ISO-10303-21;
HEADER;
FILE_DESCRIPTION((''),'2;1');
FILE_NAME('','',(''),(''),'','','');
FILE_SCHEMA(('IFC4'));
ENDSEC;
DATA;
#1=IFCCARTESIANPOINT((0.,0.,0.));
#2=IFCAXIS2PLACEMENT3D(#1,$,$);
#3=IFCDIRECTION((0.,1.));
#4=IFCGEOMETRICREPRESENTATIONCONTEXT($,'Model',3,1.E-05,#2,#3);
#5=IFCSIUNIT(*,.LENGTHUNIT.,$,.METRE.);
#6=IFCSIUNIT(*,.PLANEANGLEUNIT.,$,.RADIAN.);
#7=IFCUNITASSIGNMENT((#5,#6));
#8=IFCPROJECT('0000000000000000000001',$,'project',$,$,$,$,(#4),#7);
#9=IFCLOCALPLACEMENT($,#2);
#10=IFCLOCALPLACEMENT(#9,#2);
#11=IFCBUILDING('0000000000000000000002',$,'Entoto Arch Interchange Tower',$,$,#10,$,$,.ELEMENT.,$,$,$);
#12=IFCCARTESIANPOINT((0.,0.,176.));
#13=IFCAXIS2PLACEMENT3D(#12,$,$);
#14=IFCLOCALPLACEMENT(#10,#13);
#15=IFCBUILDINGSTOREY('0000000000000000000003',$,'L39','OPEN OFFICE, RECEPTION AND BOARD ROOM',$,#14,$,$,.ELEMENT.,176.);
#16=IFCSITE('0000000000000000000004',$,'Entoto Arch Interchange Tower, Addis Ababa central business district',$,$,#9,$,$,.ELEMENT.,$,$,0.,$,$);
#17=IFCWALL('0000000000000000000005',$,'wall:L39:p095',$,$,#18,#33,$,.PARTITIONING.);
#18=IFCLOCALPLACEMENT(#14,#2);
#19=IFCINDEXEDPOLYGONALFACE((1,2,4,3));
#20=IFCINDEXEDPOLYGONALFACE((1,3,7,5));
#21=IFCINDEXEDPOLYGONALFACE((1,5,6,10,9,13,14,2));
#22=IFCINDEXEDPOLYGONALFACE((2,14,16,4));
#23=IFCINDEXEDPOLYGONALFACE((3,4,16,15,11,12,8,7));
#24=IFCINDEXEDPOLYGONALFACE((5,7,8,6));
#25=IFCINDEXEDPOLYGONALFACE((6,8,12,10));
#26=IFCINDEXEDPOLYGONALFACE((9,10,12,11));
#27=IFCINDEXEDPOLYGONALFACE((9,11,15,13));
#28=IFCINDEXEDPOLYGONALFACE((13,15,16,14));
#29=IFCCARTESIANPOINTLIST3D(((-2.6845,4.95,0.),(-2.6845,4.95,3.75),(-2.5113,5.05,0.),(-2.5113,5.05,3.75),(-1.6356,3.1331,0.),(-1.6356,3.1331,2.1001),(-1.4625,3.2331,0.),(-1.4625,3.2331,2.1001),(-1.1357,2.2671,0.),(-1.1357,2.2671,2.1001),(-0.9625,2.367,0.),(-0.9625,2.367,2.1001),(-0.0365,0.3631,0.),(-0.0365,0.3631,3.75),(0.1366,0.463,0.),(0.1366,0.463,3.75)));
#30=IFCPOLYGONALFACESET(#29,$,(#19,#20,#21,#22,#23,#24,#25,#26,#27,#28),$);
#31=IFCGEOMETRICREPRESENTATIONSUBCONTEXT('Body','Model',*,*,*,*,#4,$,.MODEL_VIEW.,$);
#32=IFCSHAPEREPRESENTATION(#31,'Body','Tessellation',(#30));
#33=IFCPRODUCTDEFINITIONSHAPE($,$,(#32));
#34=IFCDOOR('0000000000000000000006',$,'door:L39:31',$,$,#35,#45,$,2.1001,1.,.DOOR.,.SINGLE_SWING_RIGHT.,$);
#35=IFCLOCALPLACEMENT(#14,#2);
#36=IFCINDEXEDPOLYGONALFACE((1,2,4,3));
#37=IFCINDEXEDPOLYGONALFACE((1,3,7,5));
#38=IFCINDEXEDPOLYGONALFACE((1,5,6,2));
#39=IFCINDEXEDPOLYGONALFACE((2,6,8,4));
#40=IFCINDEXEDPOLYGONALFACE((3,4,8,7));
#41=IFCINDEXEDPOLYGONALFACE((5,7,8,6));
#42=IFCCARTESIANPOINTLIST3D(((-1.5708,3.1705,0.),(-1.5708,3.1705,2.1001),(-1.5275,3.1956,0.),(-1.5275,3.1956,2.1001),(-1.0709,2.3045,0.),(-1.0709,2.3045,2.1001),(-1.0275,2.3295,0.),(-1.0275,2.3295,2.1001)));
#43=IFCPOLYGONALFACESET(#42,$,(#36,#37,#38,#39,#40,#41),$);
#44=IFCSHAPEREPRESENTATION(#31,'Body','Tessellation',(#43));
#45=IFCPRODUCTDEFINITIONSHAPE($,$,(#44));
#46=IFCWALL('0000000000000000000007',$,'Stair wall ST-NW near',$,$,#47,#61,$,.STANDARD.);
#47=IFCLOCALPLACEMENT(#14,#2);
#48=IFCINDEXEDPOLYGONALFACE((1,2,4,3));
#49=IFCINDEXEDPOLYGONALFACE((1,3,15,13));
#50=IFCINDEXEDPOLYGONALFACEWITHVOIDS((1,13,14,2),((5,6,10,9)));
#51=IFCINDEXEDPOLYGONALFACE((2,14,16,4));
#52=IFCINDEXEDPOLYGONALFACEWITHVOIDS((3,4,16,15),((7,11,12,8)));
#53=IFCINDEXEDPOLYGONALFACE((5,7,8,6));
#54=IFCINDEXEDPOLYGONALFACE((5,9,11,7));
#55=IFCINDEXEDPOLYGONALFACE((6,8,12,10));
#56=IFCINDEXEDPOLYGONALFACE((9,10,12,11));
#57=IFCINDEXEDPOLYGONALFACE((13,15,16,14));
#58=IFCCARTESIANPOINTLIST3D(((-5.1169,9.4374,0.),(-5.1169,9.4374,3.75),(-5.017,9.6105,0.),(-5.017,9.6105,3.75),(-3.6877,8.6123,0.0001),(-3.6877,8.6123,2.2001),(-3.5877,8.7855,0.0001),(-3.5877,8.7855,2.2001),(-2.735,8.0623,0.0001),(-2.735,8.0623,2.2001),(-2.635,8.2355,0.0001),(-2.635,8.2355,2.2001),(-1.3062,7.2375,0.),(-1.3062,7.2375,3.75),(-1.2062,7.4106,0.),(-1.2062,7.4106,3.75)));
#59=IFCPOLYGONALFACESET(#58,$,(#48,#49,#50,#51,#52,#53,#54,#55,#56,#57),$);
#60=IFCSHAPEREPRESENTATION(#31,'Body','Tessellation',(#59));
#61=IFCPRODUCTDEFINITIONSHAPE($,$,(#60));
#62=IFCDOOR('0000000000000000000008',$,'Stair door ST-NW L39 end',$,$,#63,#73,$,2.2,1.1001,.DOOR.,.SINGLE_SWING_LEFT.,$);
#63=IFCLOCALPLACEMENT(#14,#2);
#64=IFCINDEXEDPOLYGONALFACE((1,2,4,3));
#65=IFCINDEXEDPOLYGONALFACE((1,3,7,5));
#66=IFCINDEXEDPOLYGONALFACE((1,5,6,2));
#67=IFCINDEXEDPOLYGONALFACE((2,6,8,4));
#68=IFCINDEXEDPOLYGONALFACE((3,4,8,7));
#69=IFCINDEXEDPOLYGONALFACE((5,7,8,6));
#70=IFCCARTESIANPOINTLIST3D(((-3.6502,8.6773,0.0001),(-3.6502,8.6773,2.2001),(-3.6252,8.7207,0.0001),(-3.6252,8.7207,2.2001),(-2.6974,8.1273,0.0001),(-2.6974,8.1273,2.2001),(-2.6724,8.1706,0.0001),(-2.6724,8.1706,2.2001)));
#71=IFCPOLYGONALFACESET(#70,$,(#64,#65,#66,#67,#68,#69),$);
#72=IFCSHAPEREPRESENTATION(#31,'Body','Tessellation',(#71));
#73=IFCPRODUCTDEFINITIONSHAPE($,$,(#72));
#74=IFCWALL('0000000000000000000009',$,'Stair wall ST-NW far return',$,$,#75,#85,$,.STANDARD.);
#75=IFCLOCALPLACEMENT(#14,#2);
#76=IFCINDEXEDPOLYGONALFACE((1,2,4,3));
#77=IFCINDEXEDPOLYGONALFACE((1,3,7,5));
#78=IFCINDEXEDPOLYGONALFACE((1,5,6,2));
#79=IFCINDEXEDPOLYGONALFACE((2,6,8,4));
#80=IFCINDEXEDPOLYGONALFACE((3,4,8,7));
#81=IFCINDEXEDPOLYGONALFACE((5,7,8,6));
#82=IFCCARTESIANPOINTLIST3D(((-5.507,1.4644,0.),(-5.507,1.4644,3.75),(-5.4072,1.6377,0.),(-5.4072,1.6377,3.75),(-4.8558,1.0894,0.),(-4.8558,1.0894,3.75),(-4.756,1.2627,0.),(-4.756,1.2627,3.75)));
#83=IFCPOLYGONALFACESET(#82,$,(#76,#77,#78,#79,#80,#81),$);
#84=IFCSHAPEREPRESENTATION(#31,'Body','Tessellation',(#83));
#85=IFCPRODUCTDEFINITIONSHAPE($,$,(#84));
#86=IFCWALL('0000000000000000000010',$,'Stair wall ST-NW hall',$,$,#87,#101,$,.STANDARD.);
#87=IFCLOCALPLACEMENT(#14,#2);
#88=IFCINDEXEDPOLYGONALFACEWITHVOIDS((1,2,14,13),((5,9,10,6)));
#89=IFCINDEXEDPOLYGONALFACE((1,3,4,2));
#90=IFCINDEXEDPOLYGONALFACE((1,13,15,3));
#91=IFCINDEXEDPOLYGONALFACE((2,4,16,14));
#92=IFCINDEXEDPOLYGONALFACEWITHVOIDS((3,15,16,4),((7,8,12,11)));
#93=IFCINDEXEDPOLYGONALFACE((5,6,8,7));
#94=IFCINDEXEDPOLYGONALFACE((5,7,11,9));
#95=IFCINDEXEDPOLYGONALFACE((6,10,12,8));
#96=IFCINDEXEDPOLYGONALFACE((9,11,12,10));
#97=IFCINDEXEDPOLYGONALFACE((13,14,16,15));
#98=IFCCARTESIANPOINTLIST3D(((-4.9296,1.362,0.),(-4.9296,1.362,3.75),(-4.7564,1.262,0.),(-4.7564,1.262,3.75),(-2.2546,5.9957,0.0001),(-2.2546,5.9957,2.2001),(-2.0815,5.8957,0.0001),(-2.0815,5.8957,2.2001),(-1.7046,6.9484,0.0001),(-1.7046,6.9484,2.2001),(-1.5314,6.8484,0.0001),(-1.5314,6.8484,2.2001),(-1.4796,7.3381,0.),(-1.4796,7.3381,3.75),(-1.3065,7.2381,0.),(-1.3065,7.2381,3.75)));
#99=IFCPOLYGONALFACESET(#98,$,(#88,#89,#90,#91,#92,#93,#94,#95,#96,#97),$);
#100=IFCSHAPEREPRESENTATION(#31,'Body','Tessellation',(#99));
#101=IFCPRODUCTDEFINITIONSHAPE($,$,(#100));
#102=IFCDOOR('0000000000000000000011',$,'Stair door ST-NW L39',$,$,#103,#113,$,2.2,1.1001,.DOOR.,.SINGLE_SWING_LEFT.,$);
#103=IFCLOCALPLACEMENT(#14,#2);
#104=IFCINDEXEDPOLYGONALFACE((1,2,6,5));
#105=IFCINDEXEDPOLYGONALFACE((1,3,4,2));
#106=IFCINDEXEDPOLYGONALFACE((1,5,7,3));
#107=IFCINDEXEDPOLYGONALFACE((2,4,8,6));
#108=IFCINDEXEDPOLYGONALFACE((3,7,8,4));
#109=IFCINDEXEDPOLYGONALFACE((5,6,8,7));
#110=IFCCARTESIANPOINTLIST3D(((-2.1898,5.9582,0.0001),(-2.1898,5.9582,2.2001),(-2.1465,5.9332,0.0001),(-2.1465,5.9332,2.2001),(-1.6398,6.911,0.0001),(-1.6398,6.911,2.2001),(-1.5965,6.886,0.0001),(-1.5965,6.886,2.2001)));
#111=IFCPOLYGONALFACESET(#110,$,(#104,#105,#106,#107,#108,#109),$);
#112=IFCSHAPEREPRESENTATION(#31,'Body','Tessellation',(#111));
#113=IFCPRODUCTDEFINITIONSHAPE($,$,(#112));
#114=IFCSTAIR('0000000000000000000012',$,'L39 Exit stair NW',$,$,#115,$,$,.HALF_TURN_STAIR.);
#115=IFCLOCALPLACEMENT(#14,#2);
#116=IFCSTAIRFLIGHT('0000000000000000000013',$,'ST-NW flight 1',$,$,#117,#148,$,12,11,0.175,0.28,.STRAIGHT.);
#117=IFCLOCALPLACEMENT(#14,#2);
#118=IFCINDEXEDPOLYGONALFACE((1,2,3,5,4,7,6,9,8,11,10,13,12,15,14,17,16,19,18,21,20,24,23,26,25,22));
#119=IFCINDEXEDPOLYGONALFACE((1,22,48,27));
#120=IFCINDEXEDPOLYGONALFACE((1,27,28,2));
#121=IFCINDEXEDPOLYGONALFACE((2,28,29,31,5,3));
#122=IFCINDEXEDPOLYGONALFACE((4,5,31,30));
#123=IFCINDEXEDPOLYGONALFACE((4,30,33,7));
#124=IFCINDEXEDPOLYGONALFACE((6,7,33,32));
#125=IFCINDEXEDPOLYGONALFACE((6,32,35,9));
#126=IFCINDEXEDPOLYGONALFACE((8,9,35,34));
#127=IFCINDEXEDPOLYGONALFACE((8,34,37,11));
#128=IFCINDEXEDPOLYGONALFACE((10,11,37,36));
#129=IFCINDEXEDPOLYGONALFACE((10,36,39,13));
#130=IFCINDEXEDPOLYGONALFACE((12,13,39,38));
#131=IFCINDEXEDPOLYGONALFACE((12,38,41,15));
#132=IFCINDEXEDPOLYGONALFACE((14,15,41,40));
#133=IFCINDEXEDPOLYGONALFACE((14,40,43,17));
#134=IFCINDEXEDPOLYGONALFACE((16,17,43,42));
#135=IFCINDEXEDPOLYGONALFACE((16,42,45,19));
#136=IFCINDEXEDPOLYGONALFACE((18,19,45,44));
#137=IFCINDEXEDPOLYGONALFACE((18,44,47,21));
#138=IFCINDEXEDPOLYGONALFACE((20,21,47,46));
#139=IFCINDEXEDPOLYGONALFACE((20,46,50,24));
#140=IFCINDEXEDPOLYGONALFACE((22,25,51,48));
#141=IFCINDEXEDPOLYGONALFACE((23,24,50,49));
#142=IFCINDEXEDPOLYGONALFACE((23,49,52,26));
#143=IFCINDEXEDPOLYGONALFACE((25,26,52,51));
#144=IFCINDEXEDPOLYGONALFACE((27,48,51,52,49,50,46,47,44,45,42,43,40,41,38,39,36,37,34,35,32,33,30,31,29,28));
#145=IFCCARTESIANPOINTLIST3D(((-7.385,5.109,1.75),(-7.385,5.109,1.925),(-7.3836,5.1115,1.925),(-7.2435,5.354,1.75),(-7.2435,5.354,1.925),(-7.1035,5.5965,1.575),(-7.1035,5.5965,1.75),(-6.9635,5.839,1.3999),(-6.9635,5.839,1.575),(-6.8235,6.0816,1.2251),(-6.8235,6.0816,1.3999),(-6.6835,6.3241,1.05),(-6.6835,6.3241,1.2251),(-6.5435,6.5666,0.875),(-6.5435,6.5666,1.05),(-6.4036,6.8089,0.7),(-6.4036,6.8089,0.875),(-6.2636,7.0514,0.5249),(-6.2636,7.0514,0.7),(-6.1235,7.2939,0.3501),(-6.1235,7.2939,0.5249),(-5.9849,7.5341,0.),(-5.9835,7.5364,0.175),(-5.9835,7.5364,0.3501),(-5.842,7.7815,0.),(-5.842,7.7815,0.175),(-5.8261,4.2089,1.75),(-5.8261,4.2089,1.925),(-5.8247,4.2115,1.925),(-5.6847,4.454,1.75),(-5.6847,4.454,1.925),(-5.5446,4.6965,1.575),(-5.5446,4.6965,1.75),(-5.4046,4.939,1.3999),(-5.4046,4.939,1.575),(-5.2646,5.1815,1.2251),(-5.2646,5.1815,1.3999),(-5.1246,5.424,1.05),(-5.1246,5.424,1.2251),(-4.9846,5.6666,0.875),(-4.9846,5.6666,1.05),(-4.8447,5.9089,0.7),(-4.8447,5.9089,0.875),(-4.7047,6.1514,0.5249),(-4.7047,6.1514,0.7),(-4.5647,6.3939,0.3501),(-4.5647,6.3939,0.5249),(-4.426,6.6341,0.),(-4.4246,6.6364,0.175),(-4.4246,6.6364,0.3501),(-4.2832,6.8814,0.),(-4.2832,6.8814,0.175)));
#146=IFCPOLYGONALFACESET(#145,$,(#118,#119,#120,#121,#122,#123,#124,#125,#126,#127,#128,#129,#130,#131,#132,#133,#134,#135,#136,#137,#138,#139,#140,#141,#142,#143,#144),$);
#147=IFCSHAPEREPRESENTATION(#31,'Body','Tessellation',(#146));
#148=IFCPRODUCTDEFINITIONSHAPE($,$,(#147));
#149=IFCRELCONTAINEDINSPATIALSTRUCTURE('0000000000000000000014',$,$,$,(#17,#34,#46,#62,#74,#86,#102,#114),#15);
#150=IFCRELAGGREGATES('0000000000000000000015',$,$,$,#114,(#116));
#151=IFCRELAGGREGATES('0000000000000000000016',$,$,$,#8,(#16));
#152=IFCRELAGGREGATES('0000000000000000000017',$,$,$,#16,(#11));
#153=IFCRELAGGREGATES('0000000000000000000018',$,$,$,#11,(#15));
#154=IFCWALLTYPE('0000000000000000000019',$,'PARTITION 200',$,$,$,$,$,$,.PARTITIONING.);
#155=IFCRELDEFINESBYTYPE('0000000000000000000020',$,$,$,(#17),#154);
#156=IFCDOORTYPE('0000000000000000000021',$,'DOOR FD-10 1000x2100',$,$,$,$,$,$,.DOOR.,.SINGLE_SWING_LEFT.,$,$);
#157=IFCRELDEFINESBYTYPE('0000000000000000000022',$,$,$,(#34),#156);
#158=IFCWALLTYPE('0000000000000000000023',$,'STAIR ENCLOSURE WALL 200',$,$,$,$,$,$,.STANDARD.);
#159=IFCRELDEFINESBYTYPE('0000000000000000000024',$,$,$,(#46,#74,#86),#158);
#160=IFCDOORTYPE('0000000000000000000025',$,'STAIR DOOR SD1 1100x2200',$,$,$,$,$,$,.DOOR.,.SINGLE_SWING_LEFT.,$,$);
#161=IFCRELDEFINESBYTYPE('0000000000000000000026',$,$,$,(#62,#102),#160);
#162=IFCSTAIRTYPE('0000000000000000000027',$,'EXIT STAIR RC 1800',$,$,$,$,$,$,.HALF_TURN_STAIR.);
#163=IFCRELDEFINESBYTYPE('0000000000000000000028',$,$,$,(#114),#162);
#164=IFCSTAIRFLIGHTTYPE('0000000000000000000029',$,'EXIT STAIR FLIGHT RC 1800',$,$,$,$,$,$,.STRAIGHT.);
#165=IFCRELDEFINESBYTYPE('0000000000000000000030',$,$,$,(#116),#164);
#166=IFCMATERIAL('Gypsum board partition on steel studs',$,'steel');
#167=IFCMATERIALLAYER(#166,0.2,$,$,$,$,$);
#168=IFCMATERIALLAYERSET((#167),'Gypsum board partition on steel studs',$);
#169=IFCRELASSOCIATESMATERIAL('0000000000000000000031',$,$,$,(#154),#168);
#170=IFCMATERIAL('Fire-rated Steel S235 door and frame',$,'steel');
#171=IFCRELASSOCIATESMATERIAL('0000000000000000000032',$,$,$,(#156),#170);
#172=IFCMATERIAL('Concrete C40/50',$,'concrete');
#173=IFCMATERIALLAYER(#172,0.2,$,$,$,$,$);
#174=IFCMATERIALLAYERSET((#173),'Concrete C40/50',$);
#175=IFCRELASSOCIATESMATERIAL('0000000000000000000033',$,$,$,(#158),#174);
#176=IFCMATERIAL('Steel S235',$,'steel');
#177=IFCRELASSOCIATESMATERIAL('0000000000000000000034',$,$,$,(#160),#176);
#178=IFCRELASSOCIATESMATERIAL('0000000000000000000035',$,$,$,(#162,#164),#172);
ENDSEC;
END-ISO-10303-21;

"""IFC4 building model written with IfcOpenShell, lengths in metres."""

from ifc_helpers import new_model, si_unit, direction, frame, frame_2d, origin, place, context, subcontext, project, spatial, polyline, rectangle, outline, extrude, material, layer, layer_set, type_object, element, fill, aggregate, save


model = new_model("IFC4")

# Units and contexts
model_context = context("Model", 3, precision=1e-05, world=origin(), true_north=direction((0.0, 1.0)))
body_context = subcontext(model_context, "Body", "Model", "MODEL_VIEW")
ifc_project = project(units=[si_unit("LENGTHUNIT", "METRE"), si_unit("PLANEANGLEUNIT", "RADIAN")], contexts=[model_context])

# Site, building, storey
site_placement = place(None, origin())
site = spatial("IfcSite", under=ifc_project, at=site_placement, Name="Entoto Arch Interchange Tower, Addis Ababa central business district", CompositionType="ELEMENT", RefElevation=0.0)
building_placement = place(site_placement, origin())
building = spatial("IfcBuilding", under=site, at=building_placement, Name="Entoto Arch Interchange Tower", CompositionType="ELEMENT")
storey_placement = place(building_placement, frame((0.0, 0.0, 176.0)))
storey = spatial("IfcBuildingStorey", under=building, at=storey_placement, Name="L39", Description="OPEN OFFICE, RECEPTION AND BOARD ROOM", CompositionType="ELEMENT", Elevation=176.0)

# Walls, openings, doors
ifc_material_1 = material(Name="Gypsum board partition on steel studs", Category="steel")
ifc_layer_1 = layer(ifc_material_1, 0.2)
ifc_layer_set_1 = layer_set([ifc_layer_1], Name="Gypsum board partition on steel studs")
wall_type_1 = type_object("IfcWallType", Name="PARTITION 200", PredefinedType="PARTITIONING", material=ifc_layer_set_1)
wall_1_placement = place(storey_placement, frame((-2.5979, 5.0, 0.0), z_axis=(0.0, 0.0, 1.0), x_axis=(0.499957, -0.86605, 0.0)))
wall_1 = element("IfcWall", 1, at=wall_1_placement, inside=storey, type_object=wall_type_1, Name="wall:L39:p095", PredefinedType="PARTITIONING", context=body_context, shape_type="SweptSolid", body=[
    extrude(rectangle(XDim=5.2964, YDim=0.2, at=frame_2d((2.6482, 0.0))), origin(), (0.0, 0.0, 1.0), 3.75),
])
opening_1_placement = place(wall_1_placement, frame((2.0979, 0.0, 0.0)))
opening_1 = element("IfcOpeningElement", 2, at=opening_1_placement, cuts=wall_1, PredefinedType="OPENING", context=body_context, shape_type="SweptSolid", body=[
    extrude(rectangle(XDim=1.0, YDim=2.1001, at=frame_2d((0.5, 1.05))), frame((0.0, 0.1099, 0.0), z_axis=(0.0, -1.0, 0.0), x_axis=(1.0, 0.0, 0.0)), (0.0, 0.0, 1.0), 0.22),
])
ifc_material_2 = material(Name="Fire-rated Steel S235 door and frame", Category="steel")
door_type_1 = type_object("IfcDoorType", Name="DOOR FD-10 1000x2100", OperationType="SINGLE_SWING_LEFT", PredefinedType="DOOR", material=ifc_material_2)
door_1_placement = place(opening_1_placement, origin())
door_1 = element("IfcDoor", 3, at=door_1_placement, inside=storey, type_object=door_type_1, Name="door:L39:31", OperationType="SINGLE_SWING_RIGHT", OverallHeight=2.1001, OverallWidth=1.0, PredefinedType="DOOR", context=body_context, shape_type="SweptSolid", body=[
    extrude(rectangle(XDim=1.0, YDim=2.1001, at=frame_2d((0.5, 1.05))), frame((0.0, 0.0249, 0.0), z_axis=(0.0, -1.0, 0.0), x_axis=(1.0, 0.0, 0.0)), (0.0, 0.0, 1.0), 0.05),
])
fill(opening_1, door_1)
ifc_material_3 = material(Name="Concrete C40/50", Category="concrete")
ifc_layer_2 = layer(ifc_material_3, 0.2)
ifc_layer_set_2 = layer_set([ifc_layer_2], Name="Concrete C40/50")
wall_type_2 = type_object("IfcWallType", Name="STAIR ENCLOSURE WALL 200", PredefinedType="STANDARD", material=ifc_layer_set_2)
wall_2_placement = place(storey_placement, frame((-1.2561, 7.324, 0.0), z_axis=(0.0, 0.0, 1.0), x_axis=(-0.866046, 0.499964, 0.0)))
wall_2 = element("IfcWall", 4, at=wall_2_placement, inside=storey, type_object=wall_type_2, Name="Stair wall ST-NW near", PredefinedType="STANDARD", context=body_context, shape_type="SweptSolid", body=[
    extrude(rectangle(XDim=4.4001, YDim=0.2, at=frame_2d((2.2002, 0.0))), origin(), (0.0, 0.0, 1.0), 3.75),
])
opening_2_placement = place(wall_2_placement, frame((1.6499, 0.0, 0.0)))
opening_2 = element("IfcOpeningElement", 5, at=opening_2_placement, cuts=wall_2, PredefinedType="OPENING", context=body_context, shape_type="SweptSolid", body=[
    extrude(rectangle(XDim=1.1001, YDim=2.2, at=frame_2d((0.55, 1.1001))), frame((0.0, 0.1099, 0.0), z_axis=(0.0, -1.0, 0.0), x_axis=(1.0, 0.0, 0.0)), (0.0, 0.0, 1.0), 0.22),
])
ifc_material_4 = material(Name="Steel S235", Category="steel")
door_type_2 = type_object("IfcDoorType", Name="STAIR DOOR SD1 1100x2200", OperationType="SINGLE_SWING_LEFT", PredefinedType="DOOR", material=ifc_material_4)
door_2_placement = place(opening_2_placement, origin())
door_2 = element("IfcDoor", 6, at=door_2_placement, inside=storey, type_object=door_type_2, Name="Stair door ST-NW L39 end", OperationType="SINGLE_SWING_LEFT", OverallHeight=2.2, OverallWidth=1.1001, PredefinedType="DOOR", context=body_context, shape_type="SweptSolid", body=[
    extrude(rectangle(XDim=1.1001, YDim=2.2, at=frame_2d((0.55, 1.1001))), frame((0.0, 0.0249, 0.0), z_axis=(0.0, -1.0, 0.0), x_axis=(1.0, 0.0, 0.0)), (0.0, 0.0, 1.0), 0.05),
])
fill(opening_2, door_2)

# Wall
wall_3_placement = place(storey_placement, frame((-4.8059, 1.176, 0.0), z_axis=(0.0, 0.0, 1.0), x_axis=(-0.866559, 0.499075, 0.0)))
element("IfcWall", 7, at=wall_3_placement, inside=storey, type_object=wall_type_2, Name="Stair wall ST-NW far return", PredefinedType="STANDARD", context=body_context, shape_type="SweptSolid", body=[
    extrude(rectangle(XDim=0.7515, YDim=0.2, at=frame_2d((0.3757, 0.0))), origin(), (0.0, 0.0, 1.0), 3.75),
])

# Wall, opening, door
wall_4_placement = place(storey_placement, frame((-1.3931, 7.2881, 0.0), z_axis=(0.0, 0.0, 1.0), x_axis=(-0.499963, -0.866047, 0.0)))
wall_4 = element("IfcWall", 8, at=wall_4_placement, inside=storey, type_object=wall_type_2, Name="Stair wall ST-NW hall", PredefinedType="STANDARD", context=body_context, shape_type="SweptSolid", body=[
    extrude(rectangle(XDim=6.9004, YDim=0.2, at=frame_2d((3.4502, 0.0))), origin(), (0.0, 0.0, 1.0), 3.75),
])
opening_3_placement = place(wall_4_placement, frame((0.45, 0.0, 0.0)))
opening_3 = element("IfcOpeningElement", 9, at=opening_3_placement, cuts=wall_4, PredefinedType="OPENING", context=body_context, shape_type="SweptSolid", body=[
    extrude(rectangle(XDim=1.1001, YDim=2.2, at=frame_2d((0.55, 1.1001))), frame((0.0, 0.1099, 0.0), z_axis=(0.0, -1.0, 0.0), x_axis=(1.0, 0.0, 0.0)), (0.0, 0.0, 1.0), 0.22),
])
door_3_placement = place(opening_3_placement, origin())
door_3 = element("IfcDoor", 10, at=door_3_placement, inside=storey, type_object=door_type_2, Name="Stair door ST-NW L39", OperationType="SINGLE_SWING_LEFT", OverallHeight=2.2, OverallWidth=1.1001, PredefinedType="DOOR", context=body_context, shape_type="SweptSolid", body=[
    extrude(rectangle(XDim=1.1001, YDim=2.2, at=frame_2d((0.55, 1.1001))), frame((0.0, 0.0249, 0.0), z_axis=(0.0, -1.0, 0.0), x_axis=(1.0, 0.0, 0.0)), (0.0, 0.0, 1.0), 0.05),
])
fill(opening_3, door_3)

# Stair, stair flight
stair_type = type_object("IfcStairType", Name="EXIT STAIR RC 1800", PredefinedType="HALF_TURN_STAIR", material=ifc_material_3)
stair_placement = place(storey_placement, origin())
stair = element("IfcStair", 11, at=stair_placement, inside=storey, type_object=stair_type, Name="L39 Exit stair NW", PredefinedType="HALF_TURN_STAIR")
stair_flight_type = type_object("IfcStairFlightType", Name="EXIT STAIR FLIGHT RC 1800", PredefinedType="STRAIGHT", material=ifc_material_3)
stair_flight_1_placement = place(storey_placement, frame((-5.064, 7.3289, 0.0), z_axis=(0.0, 0.0, 1.0), x_axis=(-0.5, -0.866025, 0.0)))
stair_flight_1 = element("IfcStairFlight", 12, at=stair_flight_1_placement, type_object=stair_flight_type, Name="ST-NW flight 1", NumberOfRisers=12, NumberOfTreads=11, PredefinedType="STRAIGHT", RiserHeight=0.175, TreadLength=0.28, context=body_context, shape_type="SweptSolid", body=[
    extrude(outline(polyline([(-0.0029, 0.0), (-0.0029, 0.175), (0.28, 0.175), (0.28, 0.3501), (0.5601, 0.3501), (0.5601, 0.5249), (0.8401, 0.5249), (0.8401, 0.7), (1.1201, 0.7), (1.1201, 0.875), (1.3999, 0.875), (1.3999, 1.05), (1.6799, 1.05), (1.6799, 1.2251), (1.96, 1.2251), (1.96, 1.3999), (2.24, 1.3999), (2.24, 1.575), (2.52, 1.575), (2.52, 1.75), (2.8, 1.75), (2.8, 1.925), (3.0801, 1.925), (3.083, 1.925), (3.083, 1.75), (0.2827, 0.0), (-0.0029, 0.0)])), frame((0.0, 0.8999, 0.0), z_axis=(0.0, -1.0, 0.0), x_axis=(1.0, 0.0, 0.0)), (0.0, 0.0, 1.0), 1.8),
])
aggregate(stair, [stair_flight_1])

save(model, "model.ifc")
